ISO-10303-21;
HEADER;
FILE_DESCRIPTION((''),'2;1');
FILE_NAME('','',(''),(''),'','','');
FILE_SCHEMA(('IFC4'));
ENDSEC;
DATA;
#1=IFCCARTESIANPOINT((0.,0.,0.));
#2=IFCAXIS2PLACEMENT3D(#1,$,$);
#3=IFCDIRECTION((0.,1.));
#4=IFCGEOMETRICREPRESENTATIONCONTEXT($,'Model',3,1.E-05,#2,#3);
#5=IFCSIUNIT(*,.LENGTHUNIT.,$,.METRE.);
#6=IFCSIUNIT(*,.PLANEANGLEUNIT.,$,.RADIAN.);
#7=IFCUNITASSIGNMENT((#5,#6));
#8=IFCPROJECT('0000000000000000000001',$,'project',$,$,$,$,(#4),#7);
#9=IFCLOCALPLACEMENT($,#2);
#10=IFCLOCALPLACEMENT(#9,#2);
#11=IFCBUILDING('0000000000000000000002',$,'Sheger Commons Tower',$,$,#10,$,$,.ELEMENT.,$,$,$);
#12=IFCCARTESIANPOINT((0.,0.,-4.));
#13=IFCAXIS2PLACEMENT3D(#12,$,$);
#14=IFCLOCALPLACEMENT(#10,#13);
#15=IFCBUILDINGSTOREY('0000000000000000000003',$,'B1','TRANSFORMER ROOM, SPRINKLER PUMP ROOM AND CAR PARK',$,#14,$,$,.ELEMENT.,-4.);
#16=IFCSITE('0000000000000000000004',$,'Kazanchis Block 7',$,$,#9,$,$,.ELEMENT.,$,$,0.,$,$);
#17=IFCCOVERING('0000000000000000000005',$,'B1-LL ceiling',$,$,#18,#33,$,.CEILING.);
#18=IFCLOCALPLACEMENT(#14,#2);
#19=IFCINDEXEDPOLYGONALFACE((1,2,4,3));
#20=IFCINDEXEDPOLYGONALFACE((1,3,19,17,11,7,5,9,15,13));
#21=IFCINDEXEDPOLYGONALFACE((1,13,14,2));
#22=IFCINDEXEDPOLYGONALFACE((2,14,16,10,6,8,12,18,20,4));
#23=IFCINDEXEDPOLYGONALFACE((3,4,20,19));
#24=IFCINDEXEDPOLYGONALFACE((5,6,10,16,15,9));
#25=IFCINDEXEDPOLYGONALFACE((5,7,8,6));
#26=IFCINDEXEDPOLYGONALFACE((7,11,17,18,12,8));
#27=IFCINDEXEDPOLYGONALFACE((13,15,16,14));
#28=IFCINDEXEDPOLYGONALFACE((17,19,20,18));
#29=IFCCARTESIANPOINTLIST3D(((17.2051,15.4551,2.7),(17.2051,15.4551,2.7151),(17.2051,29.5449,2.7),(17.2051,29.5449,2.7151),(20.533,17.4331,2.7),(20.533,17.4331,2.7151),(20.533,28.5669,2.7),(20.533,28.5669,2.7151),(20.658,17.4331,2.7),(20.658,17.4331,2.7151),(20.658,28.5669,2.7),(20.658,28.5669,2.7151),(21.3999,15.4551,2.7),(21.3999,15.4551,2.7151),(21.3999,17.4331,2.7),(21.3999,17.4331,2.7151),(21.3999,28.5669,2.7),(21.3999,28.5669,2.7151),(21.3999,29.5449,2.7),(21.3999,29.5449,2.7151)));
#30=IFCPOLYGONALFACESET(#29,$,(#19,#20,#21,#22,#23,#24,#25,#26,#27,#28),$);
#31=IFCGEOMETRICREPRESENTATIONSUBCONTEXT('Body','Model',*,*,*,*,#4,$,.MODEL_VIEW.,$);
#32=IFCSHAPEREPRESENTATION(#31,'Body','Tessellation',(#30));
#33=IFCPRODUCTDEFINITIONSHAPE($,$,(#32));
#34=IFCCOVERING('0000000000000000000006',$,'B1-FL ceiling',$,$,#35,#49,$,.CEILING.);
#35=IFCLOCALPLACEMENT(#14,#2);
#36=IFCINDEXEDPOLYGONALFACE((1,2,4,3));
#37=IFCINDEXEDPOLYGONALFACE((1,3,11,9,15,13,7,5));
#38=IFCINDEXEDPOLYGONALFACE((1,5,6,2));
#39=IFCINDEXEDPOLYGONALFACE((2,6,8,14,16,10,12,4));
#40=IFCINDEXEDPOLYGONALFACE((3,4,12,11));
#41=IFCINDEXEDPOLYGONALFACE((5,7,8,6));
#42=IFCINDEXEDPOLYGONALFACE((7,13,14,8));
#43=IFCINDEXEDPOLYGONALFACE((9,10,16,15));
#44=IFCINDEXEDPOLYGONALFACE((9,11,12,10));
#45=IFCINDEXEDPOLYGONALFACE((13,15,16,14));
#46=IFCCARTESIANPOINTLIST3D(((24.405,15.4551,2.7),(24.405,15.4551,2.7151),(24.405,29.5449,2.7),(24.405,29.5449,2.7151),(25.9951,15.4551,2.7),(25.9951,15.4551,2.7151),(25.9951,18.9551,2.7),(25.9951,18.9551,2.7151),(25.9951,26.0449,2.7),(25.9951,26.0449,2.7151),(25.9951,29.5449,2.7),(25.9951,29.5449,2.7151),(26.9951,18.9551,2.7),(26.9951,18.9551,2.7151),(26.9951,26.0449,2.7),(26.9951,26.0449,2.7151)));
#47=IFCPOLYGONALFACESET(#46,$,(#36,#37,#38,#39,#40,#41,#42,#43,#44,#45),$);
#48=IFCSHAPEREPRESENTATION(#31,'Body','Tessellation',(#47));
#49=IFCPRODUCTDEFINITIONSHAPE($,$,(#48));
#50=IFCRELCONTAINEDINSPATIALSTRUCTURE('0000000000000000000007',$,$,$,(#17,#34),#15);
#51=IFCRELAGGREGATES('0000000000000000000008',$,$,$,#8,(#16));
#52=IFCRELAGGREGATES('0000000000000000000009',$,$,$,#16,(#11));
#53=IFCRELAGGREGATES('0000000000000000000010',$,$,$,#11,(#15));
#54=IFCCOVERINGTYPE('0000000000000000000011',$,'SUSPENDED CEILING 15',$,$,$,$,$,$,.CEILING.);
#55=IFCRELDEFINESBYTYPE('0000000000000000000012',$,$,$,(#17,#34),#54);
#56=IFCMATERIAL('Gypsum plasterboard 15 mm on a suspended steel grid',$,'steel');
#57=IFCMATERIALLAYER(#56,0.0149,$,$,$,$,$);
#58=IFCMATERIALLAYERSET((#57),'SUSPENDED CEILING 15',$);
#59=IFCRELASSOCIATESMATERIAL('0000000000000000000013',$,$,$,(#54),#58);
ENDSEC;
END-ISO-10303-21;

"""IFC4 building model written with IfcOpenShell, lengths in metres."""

from ifc_helpers import new_model, si_unit, direction, frame, origin, place, context, subcontext, project, spatial, polyline, outline, extrude, material, layer, layer_set, type_object, element, save


model = new_model("IFC4")

# Units and contexts
model_context = context("Model", 3, precision=1e-05, world=origin(), true_north=direction((0.0, 1.0)))
body_context = subcontext(model_context, "Body", "Model", "MODEL_VIEW")
ifc_project = project(units=[si_unit("LENGTHUNIT", "METRE"), si_unit("PLANEANGLEUNIT", "RADIAN")], contexts=[model_context])

# Site, building, storey
site_placement = place(None, origin())
site = spatial("IfcSite", under=ifc_project, at=site_placement, Name="Kazanchis Block 7", CompositionType="ELEMENT", RefElevation=0.0)
building_placement = place(site_placement, origin())
building = spatial("IfcBuilding", under=site, at=building_placement, Name="Sheger Commons Tower", CompositionType="ELEMENT")
storey_placement = place(building_placement, frame((0.0, 0.0, -4.0)))
storey = spatial("IfcBuildingStorey", under=building, at=storey_placement, Name="B1", Description="TRANSFORMER ROOM, SPRINKLER PUMP ROOM AND CAR PARK", CompositionType="ELEMENT", Elevation=-4.0)

# Coverings
ifc_material_1 = material(Name="Gypsum plasterboard 15 mm on a suspended steel grid", Category="steel")
ifc_layer_1 = layer(ifc_material_1, 0.0149)
ifc_layer_set_1 = layer_set([ifc_layer_1], Name="SUSPENDED CEILING 15")
covering_type_1 = type_object("IfcCoveringType", Name="SUSPENDED CEILING 15", PredefinedType="CEILING", material=ifc_layer_set_1)
covering_1_placement = place(storey_placement, frame((0.0, 0.0, 2.7)))
element("IfcCovering", 1, at=covering_1_placement, inside=storey, type_object=covering_type_1, Name="B1-LL ceiling", PredefinedType="CEILING", context=body_context, shape_type="SweptSolid", body=[
    extrude(outline(polyline([(17.2051, 15.4551), (21.3999, 15.4551), (21.3999, 17.4331), (20.658, 17.4331), (20.533, 17.4331), (20.533, 28.5669), (20.658, 28.5669), (21.3999, 28.5669), (21.3999, 29.5449), (17.2051, 29.5449), (17.2051, 15.4551)])), origin(), (0.0, 0.0, 1.0), 0.0151),
])
covering_2_placement = place(storey_placement, frame((0.0, 0.0, 2.7)))
element("IfcCovering", 2, at=covering_2_placement, inside=storey, type_object=covering_type_1, Name="B1-FL ceiling", PredefinedType="CEILING", context=body_context, shape_type="SweptSolid", body=[
    extrude(outline(polyline([(24.405, 15.4551), (25.9951, 15.4551), (25.9951, 18.9551), (26.9951, 18.9551), (26.9951, 26.0449), (25.9951, 26.0449), (25.9951, 29.5449), (24.405, 29.5449), (24.405, 15.4551)])), origin(), (0.0, 0.0, 1.0), 0.0151),
])

save(model, "model.ifc")
